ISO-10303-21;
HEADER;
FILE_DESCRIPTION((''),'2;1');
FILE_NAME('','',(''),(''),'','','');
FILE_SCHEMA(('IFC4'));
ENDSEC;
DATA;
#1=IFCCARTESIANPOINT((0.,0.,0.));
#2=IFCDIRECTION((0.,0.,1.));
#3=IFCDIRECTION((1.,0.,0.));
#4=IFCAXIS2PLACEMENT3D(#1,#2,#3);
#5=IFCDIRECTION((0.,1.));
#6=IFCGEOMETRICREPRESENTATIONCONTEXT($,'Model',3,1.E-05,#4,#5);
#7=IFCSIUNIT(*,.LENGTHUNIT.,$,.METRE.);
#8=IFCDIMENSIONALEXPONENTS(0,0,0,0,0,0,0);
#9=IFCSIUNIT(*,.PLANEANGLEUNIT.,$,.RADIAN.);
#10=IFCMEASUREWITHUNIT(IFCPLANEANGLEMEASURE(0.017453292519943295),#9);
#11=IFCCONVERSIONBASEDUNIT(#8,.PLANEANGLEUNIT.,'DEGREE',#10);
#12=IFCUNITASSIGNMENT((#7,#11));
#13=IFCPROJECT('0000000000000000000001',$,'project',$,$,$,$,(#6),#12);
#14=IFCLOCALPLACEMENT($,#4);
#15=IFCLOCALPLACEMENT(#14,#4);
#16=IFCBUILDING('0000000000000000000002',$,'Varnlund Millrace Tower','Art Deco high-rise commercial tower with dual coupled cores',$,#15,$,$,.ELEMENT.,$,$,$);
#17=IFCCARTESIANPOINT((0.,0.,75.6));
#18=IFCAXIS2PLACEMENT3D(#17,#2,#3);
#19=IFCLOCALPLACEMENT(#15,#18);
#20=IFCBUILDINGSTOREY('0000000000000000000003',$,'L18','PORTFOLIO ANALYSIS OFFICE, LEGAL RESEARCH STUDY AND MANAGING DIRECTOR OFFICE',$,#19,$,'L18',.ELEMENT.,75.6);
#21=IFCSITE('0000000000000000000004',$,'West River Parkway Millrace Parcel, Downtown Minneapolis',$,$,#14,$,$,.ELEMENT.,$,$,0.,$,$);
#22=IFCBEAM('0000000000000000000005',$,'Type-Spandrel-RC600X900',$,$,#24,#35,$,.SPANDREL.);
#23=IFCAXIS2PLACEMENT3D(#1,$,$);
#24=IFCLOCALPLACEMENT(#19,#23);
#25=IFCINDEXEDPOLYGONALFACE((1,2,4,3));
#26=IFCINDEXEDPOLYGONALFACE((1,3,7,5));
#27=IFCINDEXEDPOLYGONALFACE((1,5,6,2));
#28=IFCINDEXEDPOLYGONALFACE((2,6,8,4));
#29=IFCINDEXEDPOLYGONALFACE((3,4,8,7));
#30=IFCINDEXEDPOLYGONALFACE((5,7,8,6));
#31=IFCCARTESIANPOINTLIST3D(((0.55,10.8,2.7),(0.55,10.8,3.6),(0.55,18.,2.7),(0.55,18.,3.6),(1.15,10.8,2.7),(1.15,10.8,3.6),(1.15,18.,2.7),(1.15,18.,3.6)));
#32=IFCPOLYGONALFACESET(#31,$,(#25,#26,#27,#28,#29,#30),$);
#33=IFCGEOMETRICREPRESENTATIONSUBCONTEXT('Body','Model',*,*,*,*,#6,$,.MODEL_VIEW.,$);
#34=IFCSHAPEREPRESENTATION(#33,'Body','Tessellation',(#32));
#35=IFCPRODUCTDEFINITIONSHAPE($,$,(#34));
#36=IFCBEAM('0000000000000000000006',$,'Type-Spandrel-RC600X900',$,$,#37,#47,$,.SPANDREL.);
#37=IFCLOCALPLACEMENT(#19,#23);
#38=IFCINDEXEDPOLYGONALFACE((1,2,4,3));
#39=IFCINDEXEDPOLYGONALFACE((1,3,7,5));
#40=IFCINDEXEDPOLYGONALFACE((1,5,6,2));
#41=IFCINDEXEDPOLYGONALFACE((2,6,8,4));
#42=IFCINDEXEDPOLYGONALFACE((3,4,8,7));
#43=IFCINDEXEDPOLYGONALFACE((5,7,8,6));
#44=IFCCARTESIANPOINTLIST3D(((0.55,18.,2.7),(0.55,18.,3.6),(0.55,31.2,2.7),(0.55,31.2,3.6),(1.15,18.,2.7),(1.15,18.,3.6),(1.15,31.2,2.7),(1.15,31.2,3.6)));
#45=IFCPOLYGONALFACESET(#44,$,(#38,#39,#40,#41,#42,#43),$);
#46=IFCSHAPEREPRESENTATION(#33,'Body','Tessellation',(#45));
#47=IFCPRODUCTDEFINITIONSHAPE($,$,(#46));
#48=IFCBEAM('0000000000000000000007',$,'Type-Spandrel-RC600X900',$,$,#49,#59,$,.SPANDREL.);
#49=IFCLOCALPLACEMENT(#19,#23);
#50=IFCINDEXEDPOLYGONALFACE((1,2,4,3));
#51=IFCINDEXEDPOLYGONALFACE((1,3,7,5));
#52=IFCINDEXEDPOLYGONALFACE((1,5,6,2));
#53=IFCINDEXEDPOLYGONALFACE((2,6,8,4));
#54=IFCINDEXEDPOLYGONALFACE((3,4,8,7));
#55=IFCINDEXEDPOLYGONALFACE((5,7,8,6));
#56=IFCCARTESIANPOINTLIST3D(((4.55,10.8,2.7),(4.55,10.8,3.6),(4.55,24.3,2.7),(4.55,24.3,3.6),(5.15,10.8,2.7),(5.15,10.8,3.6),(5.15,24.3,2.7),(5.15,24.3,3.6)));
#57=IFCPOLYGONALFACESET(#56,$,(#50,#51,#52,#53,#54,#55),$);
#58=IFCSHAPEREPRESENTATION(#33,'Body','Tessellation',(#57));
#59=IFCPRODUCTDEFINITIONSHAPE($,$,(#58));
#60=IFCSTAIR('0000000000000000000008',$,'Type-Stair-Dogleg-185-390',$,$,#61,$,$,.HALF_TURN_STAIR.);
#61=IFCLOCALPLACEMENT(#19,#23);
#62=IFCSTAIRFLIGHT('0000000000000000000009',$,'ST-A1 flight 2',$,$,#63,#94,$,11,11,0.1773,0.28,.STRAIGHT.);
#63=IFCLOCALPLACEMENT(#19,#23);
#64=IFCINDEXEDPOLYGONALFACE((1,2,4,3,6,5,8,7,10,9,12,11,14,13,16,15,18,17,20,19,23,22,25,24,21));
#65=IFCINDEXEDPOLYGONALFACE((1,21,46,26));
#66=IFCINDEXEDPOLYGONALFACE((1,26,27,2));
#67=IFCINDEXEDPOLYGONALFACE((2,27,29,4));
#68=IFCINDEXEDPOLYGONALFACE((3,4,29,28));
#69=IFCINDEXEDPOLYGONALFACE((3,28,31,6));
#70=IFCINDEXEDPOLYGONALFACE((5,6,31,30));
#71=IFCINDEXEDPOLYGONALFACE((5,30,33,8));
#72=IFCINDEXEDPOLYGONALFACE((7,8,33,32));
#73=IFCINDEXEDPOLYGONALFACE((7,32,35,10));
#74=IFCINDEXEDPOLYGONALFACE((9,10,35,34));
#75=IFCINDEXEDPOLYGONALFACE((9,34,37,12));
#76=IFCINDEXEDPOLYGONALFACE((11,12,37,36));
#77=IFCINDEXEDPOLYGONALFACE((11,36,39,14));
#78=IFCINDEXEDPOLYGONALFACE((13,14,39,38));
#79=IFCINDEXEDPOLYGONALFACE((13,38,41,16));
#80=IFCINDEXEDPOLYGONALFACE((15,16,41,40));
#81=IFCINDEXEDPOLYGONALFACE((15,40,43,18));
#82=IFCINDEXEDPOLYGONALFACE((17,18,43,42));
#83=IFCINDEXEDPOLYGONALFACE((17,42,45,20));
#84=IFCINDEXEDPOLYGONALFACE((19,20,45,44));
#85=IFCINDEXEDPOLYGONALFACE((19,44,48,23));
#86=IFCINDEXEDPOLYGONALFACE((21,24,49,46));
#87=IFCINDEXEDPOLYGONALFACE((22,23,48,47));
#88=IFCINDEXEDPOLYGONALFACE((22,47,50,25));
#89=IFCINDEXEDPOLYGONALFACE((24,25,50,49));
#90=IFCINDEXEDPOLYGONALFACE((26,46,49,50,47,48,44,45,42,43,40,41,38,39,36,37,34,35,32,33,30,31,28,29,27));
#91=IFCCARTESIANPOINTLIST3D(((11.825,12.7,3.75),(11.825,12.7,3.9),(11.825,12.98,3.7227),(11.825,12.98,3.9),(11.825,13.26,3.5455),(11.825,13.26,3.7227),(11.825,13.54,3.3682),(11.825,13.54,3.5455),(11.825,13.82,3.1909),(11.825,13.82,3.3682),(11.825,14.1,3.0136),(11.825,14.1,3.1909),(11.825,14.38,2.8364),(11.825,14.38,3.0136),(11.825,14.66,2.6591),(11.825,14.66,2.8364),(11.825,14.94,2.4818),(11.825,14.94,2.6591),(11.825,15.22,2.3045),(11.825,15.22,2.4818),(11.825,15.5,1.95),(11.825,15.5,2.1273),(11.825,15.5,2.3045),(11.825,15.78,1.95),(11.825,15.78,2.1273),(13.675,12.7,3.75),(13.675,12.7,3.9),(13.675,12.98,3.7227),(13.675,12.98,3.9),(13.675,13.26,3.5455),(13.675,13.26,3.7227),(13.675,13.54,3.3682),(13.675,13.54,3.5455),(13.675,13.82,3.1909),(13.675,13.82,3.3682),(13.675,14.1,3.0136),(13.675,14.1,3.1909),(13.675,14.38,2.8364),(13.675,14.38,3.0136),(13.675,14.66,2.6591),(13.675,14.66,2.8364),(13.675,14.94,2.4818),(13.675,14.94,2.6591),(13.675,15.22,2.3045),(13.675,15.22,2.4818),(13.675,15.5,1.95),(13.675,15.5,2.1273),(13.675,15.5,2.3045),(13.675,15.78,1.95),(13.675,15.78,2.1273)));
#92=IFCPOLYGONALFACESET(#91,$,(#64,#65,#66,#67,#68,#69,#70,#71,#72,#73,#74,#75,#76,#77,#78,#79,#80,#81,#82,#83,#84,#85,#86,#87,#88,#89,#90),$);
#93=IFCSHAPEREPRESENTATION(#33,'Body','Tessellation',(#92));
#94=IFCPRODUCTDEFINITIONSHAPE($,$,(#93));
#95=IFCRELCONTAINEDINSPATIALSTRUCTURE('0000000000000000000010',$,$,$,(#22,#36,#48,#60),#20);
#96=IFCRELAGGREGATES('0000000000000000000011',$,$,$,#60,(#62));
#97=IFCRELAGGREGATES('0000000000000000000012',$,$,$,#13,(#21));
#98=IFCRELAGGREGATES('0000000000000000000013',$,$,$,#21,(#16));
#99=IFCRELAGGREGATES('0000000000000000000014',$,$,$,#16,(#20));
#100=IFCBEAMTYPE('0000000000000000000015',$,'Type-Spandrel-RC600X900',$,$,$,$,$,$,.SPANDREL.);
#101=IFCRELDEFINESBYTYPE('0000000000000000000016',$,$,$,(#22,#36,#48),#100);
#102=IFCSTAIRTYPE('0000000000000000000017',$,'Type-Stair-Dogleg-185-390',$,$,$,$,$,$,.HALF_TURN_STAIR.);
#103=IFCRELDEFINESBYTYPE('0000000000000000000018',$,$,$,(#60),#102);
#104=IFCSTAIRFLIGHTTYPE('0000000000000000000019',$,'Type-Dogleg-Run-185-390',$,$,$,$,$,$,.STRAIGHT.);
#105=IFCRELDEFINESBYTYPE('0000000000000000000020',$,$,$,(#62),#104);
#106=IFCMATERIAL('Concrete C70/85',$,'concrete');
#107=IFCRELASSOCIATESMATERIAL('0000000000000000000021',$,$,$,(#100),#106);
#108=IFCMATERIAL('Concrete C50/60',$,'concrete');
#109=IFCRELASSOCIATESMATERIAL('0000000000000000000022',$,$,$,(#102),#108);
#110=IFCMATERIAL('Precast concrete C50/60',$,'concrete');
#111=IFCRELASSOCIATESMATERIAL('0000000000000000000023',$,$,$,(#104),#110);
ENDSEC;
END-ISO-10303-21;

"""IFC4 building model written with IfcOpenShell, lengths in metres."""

from ifc_helpers import new_model, entity, si_unit, converted_unit, direction, frame, origin_with_axes, origin_2d_with_axis, place, context, subcontext, project, spatial, polyline, rectangle, outline, extrude, material, material_profile, profile_set, type_object, element, aggregate, save


model = new_model("IFC4")

# Units and contexts
model_context = context("Model", 3, precision=1e-05, world=origin_with_axes(), true_north=direction((0.0, 1.0)))
body_context = subcontext(model_context, "Body", "Model", "MODEL_VIEW")
ifc_project = project(units=[si_unit("LENGTHUNIT", "METRE"), converted_unit("PLANEANGLEUNIT", "DEGREE", entity("IfcPlaneAngleMeasure", 0.017453292519943295), si_unit("PLANEANGLEUNIT", "RADIAN"), dimensions=[0, 0, 0, 0, 0, 0, 0])], contexts=[model_context])

# Site, building, storey
site_placement = place(None, origin_with_axes())
site = spatial("IfcSite", under=ifc_project, at=site_placement, Name="West River Parkway Millrace Parcel, Downtown Minneapolis", CompositionType="ELEMENT", RefElevation=0.0)
building_placement = place(site_placement, origin_with_axes())
building = spatial("IfcBuilding", under=site, at=building_placement, Name="Varnlund Millrace Tower", Description="Art Deco high-rise commercial tower with dual coupled cores", CompositionType="ELEMENT")
storey_placement = place(building_placement, frame((0.0, 0.0, 75.6), z_axis=(0.0, 0.0, 1.0), x_axis=(1.0, 0.0, 0.0)))
storey = spatial("IfcBuildingStorey", under=building, at=storey_placement, Name="L18", Description="PORTFOLIO ANALYSIS OFFICE, LEGAL RESEARCH STUDY AND MANAGING DIRECTOR OFFICE", LongName="L18", CompositionType="ELEMENT", Elevation=75.6)

# Beams
ifc_material_1 = material(Name="Concrete C70/85", Category="concrete")
ifc_material_profile_1 = material_profile(ifc_material_1, rectangle(XDim=0.6, YDim=0.9, at=origin_2d_with_axis()), Name="Concrete C70/85")
ifc_profile_set_1 = profile_set([ifc_material_profile_1], Name="Concrete C70/85")
beam_type_1 = type_object("IfcBeamType", Name="Type-Spandrel-RC600X900", PredefinedType="SPANDREL", material=ifc_profile_set_1)
beam_1_placement = place(storey_placement, frame((0.85, 10.8, 3.15), z_axis=(0.0, 1.0, 0.0), x_axis=(-1.0, 0.0, 0.0)))
element("IfcBeam", 1, at=beam_1_placement, inside=storey, type_object=beam_type_1, Name="Type-Spandrel-RC600X900", PredefinedType="SPANDREL", context=body_context, shape_type="SweptSolid", body=[
    extrude(rectangle(XDim=0.6, YDim=0.9, at=origin_2d_with_axis()), origin_with_axes(), (0.0, 0.0, 1.0), 7.2),
])
beam_2_placement = place(storey_placement, frame((0.85, 18.0, 3.15), z_axis=(0.0, 1.0, 0.0), x_axis=(-1.0, 0.0, 0.0)))
element("IfcBeam", 2, at=beam_2_placement, inside=storey, type_object=beam_type_1, Name="Type-Spandrel-RC600X900", PredefinedType="SPANDREL", context=body_context, shape_type="SweptSolid", body=[
    extrude(rectangle(XDim=0.6, YDim=0.9, at=origin_2d_with_axis()), origin_with_axes(), (0.0, 0.0, 1.0), 13.2),
])
beam_3_placement = place(storey_placement, frame((4.85, 10.8, 3.15), z_axis=(0.0, 1.0, 0.0), x_axis=(-1.0, 0.0, 0.0)))
element("IfcBeam", 3, at=beam_3_placement, inside=storey, type_object=beam_type_1, Name="Type-Spandrel-RC600X900", PredefinedType="SPANDREL", context=body_context, shape_type="SweptSolid", body=[
    extrude(rectangle(XDim=0.6, YDim=0.9, at=origin_2d_with_axis()), origin_with_axes(), (0.0, 0.0, 1.0), 13.5),
])

# Stair, stair flight
ifc_material_2 = material(Name="Concrete C50/60", Category="concrete")
stair_type = type_object("IfcStairType", Name="Type-Stair-Dogleg-185-390", PredefinedType="HALF_TURN_STAIR", material=ifc_material_2)
stair_placement = place(storey_placement, origin_with_axes())
stair = element("IfcStair", 4, at=stair_placement, inside=storey, type_object=stair_type, Name="Type-Stair-Dogleg-185-390", PredefinedType="HALF_TURN_STAIR")
ifc_material_3 = material(Name="Precast concrete C50/60", Category="concrete")
stair_flight_type = type_object("IfcStairFlightType", Name="Type-Dogleg-Run-185-390", PredefinedType="STRAIGHT", material=ifc_material_3)
stair_flight_placement = place(storey_placement, frame((13.675, 15.78, 1.95), z_axis=(-1.0, 0.0, 0.0), x_axis=(0.0, -1.0, 0.0)))
stair_flight = element("IfcStairFlight", 5, at=stair_flight_placement, type_object=stair_flight_type, Name="ST-A1 flight 2", NumberOfRisers=11, NumberOfTreads=11, PredefinedType="STRAIGHT", RiserHeight=0.1773, TreadLength=0.28, context=body_context, shape_type="SweptSolid", body=[
    extrude(outline(polyline([(0.0, 0.0), (0.0, 0.1773), (0.28, 0.1773), (0.28, 0.3545), (0.56, 0.3545), (0.56, 0.5318), (0.84, 0.5318), (0.84, 0.7091), (1.12, 0.7091), (1.12, 0.8864), (1.4, 0.8864), (1.4, 1.0636), (1.68, 1.0636), (1.68, 1.2409), (1.96, 1.2409), (1.96, 1.4182), (2.24, 1.4182), (2.24, 1.5955), (2.52, 1.5955), (2.52, 1.7727), (2.8, 1.7727), (2.8, 1.95), (3.08, 1.95), (3.08, 1.8), (0.28, 0.0), (0.0, 0.0)])), origin_with_axes(), (0.0, 0.0, 1.0), 1.85),
])
aggregate(stair, [stair_flight])

save(model, "model.ifc")
